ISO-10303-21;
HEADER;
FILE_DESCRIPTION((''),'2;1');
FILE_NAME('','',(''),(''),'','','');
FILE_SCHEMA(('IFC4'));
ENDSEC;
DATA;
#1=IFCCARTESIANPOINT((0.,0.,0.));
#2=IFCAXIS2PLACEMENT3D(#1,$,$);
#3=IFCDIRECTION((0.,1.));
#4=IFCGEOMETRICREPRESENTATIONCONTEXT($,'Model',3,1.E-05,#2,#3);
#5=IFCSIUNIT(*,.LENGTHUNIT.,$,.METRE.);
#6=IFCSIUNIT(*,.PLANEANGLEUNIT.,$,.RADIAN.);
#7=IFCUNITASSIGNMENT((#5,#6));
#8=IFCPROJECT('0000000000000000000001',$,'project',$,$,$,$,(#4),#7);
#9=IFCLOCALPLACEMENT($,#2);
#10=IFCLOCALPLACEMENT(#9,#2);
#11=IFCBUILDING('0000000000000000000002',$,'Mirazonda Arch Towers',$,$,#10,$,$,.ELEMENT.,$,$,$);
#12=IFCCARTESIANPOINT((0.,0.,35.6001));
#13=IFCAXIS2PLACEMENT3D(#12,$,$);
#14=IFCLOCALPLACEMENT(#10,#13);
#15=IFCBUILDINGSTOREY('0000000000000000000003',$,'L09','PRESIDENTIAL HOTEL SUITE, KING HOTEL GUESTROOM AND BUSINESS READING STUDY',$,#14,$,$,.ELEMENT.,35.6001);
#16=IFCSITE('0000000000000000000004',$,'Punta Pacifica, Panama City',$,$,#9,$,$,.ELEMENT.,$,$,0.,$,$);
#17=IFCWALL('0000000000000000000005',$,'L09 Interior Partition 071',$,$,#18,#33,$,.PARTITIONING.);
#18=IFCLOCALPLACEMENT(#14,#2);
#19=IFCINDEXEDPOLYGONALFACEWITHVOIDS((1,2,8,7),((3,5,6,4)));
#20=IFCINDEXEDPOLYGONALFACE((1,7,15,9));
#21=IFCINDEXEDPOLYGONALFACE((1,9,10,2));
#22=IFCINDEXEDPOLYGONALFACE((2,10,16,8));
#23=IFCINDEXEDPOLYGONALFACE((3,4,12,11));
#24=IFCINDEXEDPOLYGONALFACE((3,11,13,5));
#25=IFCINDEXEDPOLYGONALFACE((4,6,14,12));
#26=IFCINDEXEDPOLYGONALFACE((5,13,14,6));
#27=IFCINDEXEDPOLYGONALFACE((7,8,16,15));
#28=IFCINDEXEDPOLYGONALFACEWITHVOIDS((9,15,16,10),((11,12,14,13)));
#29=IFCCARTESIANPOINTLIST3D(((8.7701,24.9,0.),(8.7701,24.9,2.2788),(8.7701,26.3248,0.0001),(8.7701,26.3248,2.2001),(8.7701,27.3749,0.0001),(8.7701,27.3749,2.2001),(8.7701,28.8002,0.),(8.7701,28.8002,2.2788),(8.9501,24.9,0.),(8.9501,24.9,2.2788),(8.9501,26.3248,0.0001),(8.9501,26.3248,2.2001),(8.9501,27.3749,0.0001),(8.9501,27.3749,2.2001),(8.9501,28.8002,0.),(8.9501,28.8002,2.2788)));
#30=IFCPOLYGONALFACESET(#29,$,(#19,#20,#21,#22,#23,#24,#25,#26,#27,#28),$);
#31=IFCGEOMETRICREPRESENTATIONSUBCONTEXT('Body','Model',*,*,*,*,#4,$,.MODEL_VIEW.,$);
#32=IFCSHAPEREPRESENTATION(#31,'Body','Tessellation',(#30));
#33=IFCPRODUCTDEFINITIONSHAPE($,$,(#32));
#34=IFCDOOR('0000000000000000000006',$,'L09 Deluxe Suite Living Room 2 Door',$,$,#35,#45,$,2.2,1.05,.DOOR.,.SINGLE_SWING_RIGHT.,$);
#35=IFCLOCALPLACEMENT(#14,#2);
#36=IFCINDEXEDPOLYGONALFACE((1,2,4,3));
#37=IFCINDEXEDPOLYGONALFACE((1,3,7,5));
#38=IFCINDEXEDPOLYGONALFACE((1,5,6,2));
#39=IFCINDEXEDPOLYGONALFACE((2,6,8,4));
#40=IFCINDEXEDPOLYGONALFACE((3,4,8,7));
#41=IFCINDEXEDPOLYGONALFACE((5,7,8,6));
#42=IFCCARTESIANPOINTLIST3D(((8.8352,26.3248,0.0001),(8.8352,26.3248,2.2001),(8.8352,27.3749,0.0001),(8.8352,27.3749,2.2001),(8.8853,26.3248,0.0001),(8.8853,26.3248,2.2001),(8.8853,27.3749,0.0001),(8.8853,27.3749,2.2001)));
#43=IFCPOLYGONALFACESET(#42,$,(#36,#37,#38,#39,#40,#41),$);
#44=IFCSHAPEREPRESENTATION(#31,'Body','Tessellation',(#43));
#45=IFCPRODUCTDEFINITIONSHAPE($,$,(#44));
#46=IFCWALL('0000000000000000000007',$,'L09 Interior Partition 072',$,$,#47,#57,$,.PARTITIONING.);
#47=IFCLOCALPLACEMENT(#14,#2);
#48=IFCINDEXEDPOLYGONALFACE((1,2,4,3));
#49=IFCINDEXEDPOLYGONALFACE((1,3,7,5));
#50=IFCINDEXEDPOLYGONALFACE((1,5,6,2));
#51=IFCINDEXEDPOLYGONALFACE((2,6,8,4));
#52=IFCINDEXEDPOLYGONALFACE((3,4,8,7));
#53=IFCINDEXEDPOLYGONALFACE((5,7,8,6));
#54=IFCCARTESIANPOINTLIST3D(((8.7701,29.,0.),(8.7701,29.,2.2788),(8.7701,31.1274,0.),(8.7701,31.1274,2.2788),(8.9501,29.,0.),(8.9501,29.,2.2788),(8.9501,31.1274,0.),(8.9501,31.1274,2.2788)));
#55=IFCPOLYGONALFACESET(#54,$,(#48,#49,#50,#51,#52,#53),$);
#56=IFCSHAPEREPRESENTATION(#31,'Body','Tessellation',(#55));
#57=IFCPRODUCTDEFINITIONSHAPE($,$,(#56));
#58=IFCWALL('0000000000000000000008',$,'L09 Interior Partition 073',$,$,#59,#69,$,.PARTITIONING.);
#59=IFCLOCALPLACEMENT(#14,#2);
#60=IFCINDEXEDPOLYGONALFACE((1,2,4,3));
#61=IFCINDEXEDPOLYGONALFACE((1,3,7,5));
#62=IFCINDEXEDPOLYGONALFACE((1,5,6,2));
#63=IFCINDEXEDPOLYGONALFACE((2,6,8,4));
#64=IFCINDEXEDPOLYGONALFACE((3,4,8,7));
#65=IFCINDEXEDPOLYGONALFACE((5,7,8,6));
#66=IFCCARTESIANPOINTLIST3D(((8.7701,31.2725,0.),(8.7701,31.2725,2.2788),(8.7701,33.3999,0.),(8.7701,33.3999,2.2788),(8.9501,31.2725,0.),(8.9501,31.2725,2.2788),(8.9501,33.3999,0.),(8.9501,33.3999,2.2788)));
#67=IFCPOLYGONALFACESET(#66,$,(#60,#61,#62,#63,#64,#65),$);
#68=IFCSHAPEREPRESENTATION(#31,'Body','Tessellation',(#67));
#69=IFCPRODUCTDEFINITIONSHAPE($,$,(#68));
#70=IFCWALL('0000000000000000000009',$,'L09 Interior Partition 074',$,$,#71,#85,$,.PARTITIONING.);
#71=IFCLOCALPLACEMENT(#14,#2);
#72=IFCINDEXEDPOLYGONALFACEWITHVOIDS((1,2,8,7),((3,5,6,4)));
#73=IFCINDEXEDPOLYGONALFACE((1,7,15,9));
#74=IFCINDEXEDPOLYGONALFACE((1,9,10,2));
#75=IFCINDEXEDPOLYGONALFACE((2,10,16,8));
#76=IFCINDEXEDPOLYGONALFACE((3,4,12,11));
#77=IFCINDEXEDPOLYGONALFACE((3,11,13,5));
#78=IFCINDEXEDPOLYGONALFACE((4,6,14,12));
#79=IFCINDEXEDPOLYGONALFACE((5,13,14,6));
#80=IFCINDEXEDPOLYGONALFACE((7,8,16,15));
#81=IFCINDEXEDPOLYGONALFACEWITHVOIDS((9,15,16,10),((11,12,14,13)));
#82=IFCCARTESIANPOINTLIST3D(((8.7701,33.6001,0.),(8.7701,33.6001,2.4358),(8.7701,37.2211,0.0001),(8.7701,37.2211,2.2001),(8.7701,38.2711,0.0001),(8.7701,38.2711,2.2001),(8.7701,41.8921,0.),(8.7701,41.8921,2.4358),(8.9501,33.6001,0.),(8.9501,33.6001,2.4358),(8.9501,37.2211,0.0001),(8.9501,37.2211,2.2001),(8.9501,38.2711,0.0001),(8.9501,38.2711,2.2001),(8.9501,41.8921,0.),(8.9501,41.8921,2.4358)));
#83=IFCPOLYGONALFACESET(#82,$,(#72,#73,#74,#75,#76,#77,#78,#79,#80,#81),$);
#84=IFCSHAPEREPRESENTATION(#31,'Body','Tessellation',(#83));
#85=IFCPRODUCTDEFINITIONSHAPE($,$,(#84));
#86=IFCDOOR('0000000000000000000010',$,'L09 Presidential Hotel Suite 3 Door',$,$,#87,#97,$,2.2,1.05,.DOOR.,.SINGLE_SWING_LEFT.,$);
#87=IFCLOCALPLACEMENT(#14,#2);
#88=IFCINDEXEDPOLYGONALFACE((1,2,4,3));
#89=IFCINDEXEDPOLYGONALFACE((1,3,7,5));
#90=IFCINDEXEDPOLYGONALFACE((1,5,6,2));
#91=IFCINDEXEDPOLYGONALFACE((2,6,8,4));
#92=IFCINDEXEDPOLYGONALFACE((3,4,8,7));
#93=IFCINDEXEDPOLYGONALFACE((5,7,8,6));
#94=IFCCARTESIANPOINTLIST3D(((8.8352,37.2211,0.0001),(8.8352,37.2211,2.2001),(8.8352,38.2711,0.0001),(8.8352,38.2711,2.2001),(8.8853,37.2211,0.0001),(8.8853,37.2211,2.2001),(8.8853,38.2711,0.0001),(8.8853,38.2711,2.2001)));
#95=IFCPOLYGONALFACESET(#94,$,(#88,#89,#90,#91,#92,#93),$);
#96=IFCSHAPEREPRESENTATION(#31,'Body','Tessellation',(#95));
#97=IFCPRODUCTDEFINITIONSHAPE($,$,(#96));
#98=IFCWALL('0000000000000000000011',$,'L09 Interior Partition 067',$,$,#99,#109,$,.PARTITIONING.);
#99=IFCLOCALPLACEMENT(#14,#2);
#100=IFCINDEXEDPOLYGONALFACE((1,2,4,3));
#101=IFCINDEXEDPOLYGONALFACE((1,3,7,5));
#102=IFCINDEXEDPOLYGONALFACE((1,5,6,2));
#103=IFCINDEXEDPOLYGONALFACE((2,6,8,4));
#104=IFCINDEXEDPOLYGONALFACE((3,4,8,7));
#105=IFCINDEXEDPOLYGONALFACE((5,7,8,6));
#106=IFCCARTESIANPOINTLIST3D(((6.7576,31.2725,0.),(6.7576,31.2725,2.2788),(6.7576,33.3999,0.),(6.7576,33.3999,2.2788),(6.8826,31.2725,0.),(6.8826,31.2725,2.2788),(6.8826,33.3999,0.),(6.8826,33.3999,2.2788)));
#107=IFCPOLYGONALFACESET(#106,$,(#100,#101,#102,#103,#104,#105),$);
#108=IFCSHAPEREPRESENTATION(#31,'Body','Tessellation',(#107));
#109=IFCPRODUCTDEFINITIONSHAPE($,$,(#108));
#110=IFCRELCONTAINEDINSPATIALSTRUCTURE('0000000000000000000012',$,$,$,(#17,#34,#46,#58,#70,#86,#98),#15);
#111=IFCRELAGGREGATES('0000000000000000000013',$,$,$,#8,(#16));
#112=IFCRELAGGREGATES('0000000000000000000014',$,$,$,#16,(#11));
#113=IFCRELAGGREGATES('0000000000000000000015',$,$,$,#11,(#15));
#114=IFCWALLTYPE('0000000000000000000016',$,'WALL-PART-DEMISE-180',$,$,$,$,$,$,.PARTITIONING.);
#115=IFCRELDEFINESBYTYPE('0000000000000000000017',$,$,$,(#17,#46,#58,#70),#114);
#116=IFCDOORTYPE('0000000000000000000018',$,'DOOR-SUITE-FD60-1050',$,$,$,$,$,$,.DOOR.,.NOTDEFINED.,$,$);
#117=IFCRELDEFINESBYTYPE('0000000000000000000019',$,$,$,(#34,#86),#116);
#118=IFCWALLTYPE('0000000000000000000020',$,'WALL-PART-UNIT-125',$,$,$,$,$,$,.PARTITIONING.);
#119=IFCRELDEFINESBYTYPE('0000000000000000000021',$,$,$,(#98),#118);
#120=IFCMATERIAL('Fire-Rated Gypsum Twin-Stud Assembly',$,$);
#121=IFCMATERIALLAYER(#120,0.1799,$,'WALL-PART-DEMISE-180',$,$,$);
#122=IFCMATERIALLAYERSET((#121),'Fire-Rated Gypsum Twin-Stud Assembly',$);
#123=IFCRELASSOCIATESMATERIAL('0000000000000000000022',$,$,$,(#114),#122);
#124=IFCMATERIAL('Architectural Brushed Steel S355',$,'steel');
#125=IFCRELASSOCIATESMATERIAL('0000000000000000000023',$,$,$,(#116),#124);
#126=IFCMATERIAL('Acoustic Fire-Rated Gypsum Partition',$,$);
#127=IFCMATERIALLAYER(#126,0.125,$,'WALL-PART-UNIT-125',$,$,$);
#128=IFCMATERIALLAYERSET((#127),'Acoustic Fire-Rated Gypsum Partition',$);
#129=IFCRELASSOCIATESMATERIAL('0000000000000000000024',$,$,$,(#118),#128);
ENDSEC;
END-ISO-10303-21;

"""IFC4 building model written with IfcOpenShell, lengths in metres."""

from ifc_helpers import new_model, si_unit, direction, frame, frame_2d, origin, place, context, subcontext, project, spatial, rectangle, extrude, material, layer, layer_set, type_object, element, fill, save


model = new_model("IFC4")

# Units and contexts
model_context = context("Model", 3, precision=1e-05, world=origin(), true_north=direction((0.0, 1.0)))
body_context = subcontext(model_context, "Body", "Model", "MODEL_VIEW")
ifc_project = project(units=[si_unit("LENGTHUNIT", "METRE"), si_unit("PLANEANGLEUNIT", "RADIAN")], contexts=[model_context])

# Site, building, storey
site_placement = place(None, origin())
site = spatial("IfcSite", under=ifc_project, at=site_placement, Name="Punta Pacifica, Panama City", CompositionType="ELEMENT", RefElevation=0.0)
building_placement = place(site_placement, origin())
building = spatial("IfcBuilding", under=site, at=building_placement, Name="Mirazonda Arch Towers", CompositionType="ELEMENT")
storey_placement = place(building_placement, frame((0.0, 0.0, 35.6001)))
storey = spatial("IfcBuildingStorey", under=building, at=storey_placement, Name="L09", Description="PRESIDENTIAL HOTEL SUITE, KING HOTEL GUESTROOM AND BUSINESS READING STUDY", CompositionType="ELEMENT", Elevation=35.6001)

# Shared definitions
ifc_material_1 = material(Name="Architectural Brushed Steel S355", Category="steel")

# Wall, opening, door
ifc_material_2 = material(Name="Fire-Rated Gypsum Twin-Stud Assembly")
ifc_layer_1 = layer(ifc_material_2, 0.1799, Name="WALL-PART-DEMISE-180")
ifc_layer_set_1 = layer_set([ifc_layer_1], Name="Fire-Rated Gypsum Twin-Stud Assembly")
wall_type_1 = type_object("IfcWallType", Name="WALL-PART-DEMISE-180", PredefinedType="PARTITIONING", material=ifc_layer_set_1)
wall_1_placement = place(storey_placement, frame((8.8601, 24.8999, 0.0), z_axis=(0.0, 0.0, 1.0), x_axis=(0.0, 1.0, 0.0)))
wall_1 = element("IfcWall", 1, at=wall_1_placement, inside=storey, type_object=wall_type_1, Name="L09 Interior Partition 071", PredefinedType="PARTITIONING", context=body_context, shape_type="SweptSolid", body=[
    extrude(rectangle(XDim=3.9001, YDim=0.1799, at=frame_2d((1.9502, 0.0))), origin(), (0.0, 0.0, 1.0), 2.2788),
])
opening_1_placement = place(wall_1_placement, frame((1.425, 0.0, 0.0)))
opening_1 = element("IfcOpeningElement", 2, at=opening_1_placement, cuts=wall_1, PredefinedType="OPENING", context=body_context, shape_type="SweptSolid", body=[
    extrude(rectangle(XDim=1.05, YDim=2.2, at=frame_2d((0.5249, 1.1001))), frame((0.0, 0.0999, 0.0), z_axis=(0.0, -1.0, 0.0), x_axis=(1.0, 0.0, 0.0)), (0.0, 0.0, 1.0), 0.2),
])
door_type_1 = type_object("IfcDoorType", Name="DOOR-SUITE-FD60-1050", OperationType="NOTDEFINED", PredefinedType="DOOR", material=ifc_material_1)
door_1_placement = place(opening_1_placement, origin())
door_1 = element("IfcDoor", 3, at=door_1_placement, inside=storey, type_object=door_type_1, Name="L09 Deluxe Suite Living Room 2 Door", OperationType="SINGLE_SWING_RIGHT", OverallHeight=2.2, OverallWidth=1.05, PredefinedType="DOOR", context=body_context, shape_type="SweptSolid", body=[
    extrude(rectangle(XDim=1.05, YDim=2.2, at=frame_2d((0.5249, 1.1001))), frame((0.0, 0.0249, 0.0), z_axis=(0.0, -1.0, 0.0), x_axis=(1.0, 0.0, 0.0)), (0.0, 0.0, 1.0), 0.05),
])
fill(opening_1, door_1)

# Walls
for number, where, z_axis, x_axis, name in (
    (4, (8.8601, 29.0, 0.0), (0.0, 0.0, 1.0), (0.0, 1.0, 0.0), "L09 Interior Partition 072"),
    (5, (8.8601, 31.2725, 0.0), (0.0, 0.0, 1.0), (0.0, 1.0, 0.0), "L09 Interior Partition 073"),
):
    element("IfcWall", number, at=place(storey_placement, frame(where, z_axis=z_axis, x_axis=x_axis)), inside=storey, type_object=wall_type_1, Name=name, PredefinedType="PARTITIONING", context=body_context, shape_type="SweptSolid", body=[
        extrude(rectangle(XDim=2.1274, YDim=0.1799, at=frame_2d((1.0637, 0.0))), origin(), (0.0, 0.0, 1.0), 2.2788),
    ])

# Wall, opening, door
wall_2_placement = place(storey_placement, frame((8.8601, 33.6001, 0.0), z_axis=(0.0, 0.0, 1.0), x_axis=(0.0, 1.0, 0.0)))
wall_2 = element("IfcWall", 6, at=wall_2_placement, inside=storey, type_object=wall_type_1, Name="L09 Interior Partition 074", PredefinedType="PARTITIONING", context=body_context, shape_type="SweptSolid", body=[
    extrude(rectangle(XDim=8.292, YDim=0.1799, at=frame_2d((4.146, 0.0))), origin(), (0.0, 0.0, 1.0), 2.4358),
])
opening_2_placement = place(wall_2_placement, frame((3.6211, 0.0, 0.0)))
opening_2 = element("IfcOpeningElement", 7, at=opening_2_placement, cuts=wall_2, PredefinedType="OPENING", context=body_context, shape_type="SweptSolid", body=[
    extrude(rectangle(XDim=1.05, YDim=2.2, at=frame_2d((0.5249, 1.1001))), frame((0.0, 0.0999, 0.0), z_axis=(0.0, -1.0, 0.0), x_axis=(1.0, 0.0, 0.0)), (0.0, 0.0, 1.0), 0.2),
])
door_2_placement = place(opening_2_placement, origin())
door_2 = element("IfcDoor", 8, at=door_2_placement, inside=storey, type_object=door_type_1, Name="L09 Presidential Hotel Suite 3 Door", OperationType="SINGLE_SWING_LEFT", OverallHeight=2.2, OverallWidth=1.05, PredefinedType="DOOR", context=body_context, shape_type="SweptSolid", body=[
    extrude(rectangle(XDim=1.05, YDim=2.2, at=frame_2d((0.5249, 1.1001))), frame((0.0, 0.0249, 0.0), z_axis=(0.0, -1.0, 0.0), x_axis=(1.0, 0.0, 0.0)), (0.0, 0.0, 1.0), 0.05),
])
fill(opening_2, door_2)

# Wall
ifc_material_3 = material(Name="Acoustic Fire-Rated Gypsum Partition")
ifc_layer_2 = layer(ifc_material_3, 0.125, Name="WALL-PART-UNIT-125")
ifc_layer_set_2 = layer_set([ifc_layer_2], Name="Acoustic Fire-Rated Gypsum Partition")
wall_type_2 = type_object("IfcWallType", Name="WALL-PART-UNIT-125", PredefinedType="PARTITIONING", material=ifc_layer_set_2)
wall_3_placement = place(storey_placement, frame((6.8201, 31.2725, 0.0), z_axis=(0.0, 0.0, 1.0), x_axis=(0.0, 1.0, 0.0)))
element("IfcWall", 9, at=wall_3_placement, inside=storey, type_object=wall_type_2, Name="L09 Interior Partition 067", PredefinedType="PARTITIONING", context=body_context, shape_type="SweptSolid", body=[
    extrude(rectangle(XDim=2.1274, YDim=0.125, at=frame_2d((1.0637, 0.0))), origin(), (0.0, 0.0, 1.0), 2.2788),
])

save(model, "model.ifc")
